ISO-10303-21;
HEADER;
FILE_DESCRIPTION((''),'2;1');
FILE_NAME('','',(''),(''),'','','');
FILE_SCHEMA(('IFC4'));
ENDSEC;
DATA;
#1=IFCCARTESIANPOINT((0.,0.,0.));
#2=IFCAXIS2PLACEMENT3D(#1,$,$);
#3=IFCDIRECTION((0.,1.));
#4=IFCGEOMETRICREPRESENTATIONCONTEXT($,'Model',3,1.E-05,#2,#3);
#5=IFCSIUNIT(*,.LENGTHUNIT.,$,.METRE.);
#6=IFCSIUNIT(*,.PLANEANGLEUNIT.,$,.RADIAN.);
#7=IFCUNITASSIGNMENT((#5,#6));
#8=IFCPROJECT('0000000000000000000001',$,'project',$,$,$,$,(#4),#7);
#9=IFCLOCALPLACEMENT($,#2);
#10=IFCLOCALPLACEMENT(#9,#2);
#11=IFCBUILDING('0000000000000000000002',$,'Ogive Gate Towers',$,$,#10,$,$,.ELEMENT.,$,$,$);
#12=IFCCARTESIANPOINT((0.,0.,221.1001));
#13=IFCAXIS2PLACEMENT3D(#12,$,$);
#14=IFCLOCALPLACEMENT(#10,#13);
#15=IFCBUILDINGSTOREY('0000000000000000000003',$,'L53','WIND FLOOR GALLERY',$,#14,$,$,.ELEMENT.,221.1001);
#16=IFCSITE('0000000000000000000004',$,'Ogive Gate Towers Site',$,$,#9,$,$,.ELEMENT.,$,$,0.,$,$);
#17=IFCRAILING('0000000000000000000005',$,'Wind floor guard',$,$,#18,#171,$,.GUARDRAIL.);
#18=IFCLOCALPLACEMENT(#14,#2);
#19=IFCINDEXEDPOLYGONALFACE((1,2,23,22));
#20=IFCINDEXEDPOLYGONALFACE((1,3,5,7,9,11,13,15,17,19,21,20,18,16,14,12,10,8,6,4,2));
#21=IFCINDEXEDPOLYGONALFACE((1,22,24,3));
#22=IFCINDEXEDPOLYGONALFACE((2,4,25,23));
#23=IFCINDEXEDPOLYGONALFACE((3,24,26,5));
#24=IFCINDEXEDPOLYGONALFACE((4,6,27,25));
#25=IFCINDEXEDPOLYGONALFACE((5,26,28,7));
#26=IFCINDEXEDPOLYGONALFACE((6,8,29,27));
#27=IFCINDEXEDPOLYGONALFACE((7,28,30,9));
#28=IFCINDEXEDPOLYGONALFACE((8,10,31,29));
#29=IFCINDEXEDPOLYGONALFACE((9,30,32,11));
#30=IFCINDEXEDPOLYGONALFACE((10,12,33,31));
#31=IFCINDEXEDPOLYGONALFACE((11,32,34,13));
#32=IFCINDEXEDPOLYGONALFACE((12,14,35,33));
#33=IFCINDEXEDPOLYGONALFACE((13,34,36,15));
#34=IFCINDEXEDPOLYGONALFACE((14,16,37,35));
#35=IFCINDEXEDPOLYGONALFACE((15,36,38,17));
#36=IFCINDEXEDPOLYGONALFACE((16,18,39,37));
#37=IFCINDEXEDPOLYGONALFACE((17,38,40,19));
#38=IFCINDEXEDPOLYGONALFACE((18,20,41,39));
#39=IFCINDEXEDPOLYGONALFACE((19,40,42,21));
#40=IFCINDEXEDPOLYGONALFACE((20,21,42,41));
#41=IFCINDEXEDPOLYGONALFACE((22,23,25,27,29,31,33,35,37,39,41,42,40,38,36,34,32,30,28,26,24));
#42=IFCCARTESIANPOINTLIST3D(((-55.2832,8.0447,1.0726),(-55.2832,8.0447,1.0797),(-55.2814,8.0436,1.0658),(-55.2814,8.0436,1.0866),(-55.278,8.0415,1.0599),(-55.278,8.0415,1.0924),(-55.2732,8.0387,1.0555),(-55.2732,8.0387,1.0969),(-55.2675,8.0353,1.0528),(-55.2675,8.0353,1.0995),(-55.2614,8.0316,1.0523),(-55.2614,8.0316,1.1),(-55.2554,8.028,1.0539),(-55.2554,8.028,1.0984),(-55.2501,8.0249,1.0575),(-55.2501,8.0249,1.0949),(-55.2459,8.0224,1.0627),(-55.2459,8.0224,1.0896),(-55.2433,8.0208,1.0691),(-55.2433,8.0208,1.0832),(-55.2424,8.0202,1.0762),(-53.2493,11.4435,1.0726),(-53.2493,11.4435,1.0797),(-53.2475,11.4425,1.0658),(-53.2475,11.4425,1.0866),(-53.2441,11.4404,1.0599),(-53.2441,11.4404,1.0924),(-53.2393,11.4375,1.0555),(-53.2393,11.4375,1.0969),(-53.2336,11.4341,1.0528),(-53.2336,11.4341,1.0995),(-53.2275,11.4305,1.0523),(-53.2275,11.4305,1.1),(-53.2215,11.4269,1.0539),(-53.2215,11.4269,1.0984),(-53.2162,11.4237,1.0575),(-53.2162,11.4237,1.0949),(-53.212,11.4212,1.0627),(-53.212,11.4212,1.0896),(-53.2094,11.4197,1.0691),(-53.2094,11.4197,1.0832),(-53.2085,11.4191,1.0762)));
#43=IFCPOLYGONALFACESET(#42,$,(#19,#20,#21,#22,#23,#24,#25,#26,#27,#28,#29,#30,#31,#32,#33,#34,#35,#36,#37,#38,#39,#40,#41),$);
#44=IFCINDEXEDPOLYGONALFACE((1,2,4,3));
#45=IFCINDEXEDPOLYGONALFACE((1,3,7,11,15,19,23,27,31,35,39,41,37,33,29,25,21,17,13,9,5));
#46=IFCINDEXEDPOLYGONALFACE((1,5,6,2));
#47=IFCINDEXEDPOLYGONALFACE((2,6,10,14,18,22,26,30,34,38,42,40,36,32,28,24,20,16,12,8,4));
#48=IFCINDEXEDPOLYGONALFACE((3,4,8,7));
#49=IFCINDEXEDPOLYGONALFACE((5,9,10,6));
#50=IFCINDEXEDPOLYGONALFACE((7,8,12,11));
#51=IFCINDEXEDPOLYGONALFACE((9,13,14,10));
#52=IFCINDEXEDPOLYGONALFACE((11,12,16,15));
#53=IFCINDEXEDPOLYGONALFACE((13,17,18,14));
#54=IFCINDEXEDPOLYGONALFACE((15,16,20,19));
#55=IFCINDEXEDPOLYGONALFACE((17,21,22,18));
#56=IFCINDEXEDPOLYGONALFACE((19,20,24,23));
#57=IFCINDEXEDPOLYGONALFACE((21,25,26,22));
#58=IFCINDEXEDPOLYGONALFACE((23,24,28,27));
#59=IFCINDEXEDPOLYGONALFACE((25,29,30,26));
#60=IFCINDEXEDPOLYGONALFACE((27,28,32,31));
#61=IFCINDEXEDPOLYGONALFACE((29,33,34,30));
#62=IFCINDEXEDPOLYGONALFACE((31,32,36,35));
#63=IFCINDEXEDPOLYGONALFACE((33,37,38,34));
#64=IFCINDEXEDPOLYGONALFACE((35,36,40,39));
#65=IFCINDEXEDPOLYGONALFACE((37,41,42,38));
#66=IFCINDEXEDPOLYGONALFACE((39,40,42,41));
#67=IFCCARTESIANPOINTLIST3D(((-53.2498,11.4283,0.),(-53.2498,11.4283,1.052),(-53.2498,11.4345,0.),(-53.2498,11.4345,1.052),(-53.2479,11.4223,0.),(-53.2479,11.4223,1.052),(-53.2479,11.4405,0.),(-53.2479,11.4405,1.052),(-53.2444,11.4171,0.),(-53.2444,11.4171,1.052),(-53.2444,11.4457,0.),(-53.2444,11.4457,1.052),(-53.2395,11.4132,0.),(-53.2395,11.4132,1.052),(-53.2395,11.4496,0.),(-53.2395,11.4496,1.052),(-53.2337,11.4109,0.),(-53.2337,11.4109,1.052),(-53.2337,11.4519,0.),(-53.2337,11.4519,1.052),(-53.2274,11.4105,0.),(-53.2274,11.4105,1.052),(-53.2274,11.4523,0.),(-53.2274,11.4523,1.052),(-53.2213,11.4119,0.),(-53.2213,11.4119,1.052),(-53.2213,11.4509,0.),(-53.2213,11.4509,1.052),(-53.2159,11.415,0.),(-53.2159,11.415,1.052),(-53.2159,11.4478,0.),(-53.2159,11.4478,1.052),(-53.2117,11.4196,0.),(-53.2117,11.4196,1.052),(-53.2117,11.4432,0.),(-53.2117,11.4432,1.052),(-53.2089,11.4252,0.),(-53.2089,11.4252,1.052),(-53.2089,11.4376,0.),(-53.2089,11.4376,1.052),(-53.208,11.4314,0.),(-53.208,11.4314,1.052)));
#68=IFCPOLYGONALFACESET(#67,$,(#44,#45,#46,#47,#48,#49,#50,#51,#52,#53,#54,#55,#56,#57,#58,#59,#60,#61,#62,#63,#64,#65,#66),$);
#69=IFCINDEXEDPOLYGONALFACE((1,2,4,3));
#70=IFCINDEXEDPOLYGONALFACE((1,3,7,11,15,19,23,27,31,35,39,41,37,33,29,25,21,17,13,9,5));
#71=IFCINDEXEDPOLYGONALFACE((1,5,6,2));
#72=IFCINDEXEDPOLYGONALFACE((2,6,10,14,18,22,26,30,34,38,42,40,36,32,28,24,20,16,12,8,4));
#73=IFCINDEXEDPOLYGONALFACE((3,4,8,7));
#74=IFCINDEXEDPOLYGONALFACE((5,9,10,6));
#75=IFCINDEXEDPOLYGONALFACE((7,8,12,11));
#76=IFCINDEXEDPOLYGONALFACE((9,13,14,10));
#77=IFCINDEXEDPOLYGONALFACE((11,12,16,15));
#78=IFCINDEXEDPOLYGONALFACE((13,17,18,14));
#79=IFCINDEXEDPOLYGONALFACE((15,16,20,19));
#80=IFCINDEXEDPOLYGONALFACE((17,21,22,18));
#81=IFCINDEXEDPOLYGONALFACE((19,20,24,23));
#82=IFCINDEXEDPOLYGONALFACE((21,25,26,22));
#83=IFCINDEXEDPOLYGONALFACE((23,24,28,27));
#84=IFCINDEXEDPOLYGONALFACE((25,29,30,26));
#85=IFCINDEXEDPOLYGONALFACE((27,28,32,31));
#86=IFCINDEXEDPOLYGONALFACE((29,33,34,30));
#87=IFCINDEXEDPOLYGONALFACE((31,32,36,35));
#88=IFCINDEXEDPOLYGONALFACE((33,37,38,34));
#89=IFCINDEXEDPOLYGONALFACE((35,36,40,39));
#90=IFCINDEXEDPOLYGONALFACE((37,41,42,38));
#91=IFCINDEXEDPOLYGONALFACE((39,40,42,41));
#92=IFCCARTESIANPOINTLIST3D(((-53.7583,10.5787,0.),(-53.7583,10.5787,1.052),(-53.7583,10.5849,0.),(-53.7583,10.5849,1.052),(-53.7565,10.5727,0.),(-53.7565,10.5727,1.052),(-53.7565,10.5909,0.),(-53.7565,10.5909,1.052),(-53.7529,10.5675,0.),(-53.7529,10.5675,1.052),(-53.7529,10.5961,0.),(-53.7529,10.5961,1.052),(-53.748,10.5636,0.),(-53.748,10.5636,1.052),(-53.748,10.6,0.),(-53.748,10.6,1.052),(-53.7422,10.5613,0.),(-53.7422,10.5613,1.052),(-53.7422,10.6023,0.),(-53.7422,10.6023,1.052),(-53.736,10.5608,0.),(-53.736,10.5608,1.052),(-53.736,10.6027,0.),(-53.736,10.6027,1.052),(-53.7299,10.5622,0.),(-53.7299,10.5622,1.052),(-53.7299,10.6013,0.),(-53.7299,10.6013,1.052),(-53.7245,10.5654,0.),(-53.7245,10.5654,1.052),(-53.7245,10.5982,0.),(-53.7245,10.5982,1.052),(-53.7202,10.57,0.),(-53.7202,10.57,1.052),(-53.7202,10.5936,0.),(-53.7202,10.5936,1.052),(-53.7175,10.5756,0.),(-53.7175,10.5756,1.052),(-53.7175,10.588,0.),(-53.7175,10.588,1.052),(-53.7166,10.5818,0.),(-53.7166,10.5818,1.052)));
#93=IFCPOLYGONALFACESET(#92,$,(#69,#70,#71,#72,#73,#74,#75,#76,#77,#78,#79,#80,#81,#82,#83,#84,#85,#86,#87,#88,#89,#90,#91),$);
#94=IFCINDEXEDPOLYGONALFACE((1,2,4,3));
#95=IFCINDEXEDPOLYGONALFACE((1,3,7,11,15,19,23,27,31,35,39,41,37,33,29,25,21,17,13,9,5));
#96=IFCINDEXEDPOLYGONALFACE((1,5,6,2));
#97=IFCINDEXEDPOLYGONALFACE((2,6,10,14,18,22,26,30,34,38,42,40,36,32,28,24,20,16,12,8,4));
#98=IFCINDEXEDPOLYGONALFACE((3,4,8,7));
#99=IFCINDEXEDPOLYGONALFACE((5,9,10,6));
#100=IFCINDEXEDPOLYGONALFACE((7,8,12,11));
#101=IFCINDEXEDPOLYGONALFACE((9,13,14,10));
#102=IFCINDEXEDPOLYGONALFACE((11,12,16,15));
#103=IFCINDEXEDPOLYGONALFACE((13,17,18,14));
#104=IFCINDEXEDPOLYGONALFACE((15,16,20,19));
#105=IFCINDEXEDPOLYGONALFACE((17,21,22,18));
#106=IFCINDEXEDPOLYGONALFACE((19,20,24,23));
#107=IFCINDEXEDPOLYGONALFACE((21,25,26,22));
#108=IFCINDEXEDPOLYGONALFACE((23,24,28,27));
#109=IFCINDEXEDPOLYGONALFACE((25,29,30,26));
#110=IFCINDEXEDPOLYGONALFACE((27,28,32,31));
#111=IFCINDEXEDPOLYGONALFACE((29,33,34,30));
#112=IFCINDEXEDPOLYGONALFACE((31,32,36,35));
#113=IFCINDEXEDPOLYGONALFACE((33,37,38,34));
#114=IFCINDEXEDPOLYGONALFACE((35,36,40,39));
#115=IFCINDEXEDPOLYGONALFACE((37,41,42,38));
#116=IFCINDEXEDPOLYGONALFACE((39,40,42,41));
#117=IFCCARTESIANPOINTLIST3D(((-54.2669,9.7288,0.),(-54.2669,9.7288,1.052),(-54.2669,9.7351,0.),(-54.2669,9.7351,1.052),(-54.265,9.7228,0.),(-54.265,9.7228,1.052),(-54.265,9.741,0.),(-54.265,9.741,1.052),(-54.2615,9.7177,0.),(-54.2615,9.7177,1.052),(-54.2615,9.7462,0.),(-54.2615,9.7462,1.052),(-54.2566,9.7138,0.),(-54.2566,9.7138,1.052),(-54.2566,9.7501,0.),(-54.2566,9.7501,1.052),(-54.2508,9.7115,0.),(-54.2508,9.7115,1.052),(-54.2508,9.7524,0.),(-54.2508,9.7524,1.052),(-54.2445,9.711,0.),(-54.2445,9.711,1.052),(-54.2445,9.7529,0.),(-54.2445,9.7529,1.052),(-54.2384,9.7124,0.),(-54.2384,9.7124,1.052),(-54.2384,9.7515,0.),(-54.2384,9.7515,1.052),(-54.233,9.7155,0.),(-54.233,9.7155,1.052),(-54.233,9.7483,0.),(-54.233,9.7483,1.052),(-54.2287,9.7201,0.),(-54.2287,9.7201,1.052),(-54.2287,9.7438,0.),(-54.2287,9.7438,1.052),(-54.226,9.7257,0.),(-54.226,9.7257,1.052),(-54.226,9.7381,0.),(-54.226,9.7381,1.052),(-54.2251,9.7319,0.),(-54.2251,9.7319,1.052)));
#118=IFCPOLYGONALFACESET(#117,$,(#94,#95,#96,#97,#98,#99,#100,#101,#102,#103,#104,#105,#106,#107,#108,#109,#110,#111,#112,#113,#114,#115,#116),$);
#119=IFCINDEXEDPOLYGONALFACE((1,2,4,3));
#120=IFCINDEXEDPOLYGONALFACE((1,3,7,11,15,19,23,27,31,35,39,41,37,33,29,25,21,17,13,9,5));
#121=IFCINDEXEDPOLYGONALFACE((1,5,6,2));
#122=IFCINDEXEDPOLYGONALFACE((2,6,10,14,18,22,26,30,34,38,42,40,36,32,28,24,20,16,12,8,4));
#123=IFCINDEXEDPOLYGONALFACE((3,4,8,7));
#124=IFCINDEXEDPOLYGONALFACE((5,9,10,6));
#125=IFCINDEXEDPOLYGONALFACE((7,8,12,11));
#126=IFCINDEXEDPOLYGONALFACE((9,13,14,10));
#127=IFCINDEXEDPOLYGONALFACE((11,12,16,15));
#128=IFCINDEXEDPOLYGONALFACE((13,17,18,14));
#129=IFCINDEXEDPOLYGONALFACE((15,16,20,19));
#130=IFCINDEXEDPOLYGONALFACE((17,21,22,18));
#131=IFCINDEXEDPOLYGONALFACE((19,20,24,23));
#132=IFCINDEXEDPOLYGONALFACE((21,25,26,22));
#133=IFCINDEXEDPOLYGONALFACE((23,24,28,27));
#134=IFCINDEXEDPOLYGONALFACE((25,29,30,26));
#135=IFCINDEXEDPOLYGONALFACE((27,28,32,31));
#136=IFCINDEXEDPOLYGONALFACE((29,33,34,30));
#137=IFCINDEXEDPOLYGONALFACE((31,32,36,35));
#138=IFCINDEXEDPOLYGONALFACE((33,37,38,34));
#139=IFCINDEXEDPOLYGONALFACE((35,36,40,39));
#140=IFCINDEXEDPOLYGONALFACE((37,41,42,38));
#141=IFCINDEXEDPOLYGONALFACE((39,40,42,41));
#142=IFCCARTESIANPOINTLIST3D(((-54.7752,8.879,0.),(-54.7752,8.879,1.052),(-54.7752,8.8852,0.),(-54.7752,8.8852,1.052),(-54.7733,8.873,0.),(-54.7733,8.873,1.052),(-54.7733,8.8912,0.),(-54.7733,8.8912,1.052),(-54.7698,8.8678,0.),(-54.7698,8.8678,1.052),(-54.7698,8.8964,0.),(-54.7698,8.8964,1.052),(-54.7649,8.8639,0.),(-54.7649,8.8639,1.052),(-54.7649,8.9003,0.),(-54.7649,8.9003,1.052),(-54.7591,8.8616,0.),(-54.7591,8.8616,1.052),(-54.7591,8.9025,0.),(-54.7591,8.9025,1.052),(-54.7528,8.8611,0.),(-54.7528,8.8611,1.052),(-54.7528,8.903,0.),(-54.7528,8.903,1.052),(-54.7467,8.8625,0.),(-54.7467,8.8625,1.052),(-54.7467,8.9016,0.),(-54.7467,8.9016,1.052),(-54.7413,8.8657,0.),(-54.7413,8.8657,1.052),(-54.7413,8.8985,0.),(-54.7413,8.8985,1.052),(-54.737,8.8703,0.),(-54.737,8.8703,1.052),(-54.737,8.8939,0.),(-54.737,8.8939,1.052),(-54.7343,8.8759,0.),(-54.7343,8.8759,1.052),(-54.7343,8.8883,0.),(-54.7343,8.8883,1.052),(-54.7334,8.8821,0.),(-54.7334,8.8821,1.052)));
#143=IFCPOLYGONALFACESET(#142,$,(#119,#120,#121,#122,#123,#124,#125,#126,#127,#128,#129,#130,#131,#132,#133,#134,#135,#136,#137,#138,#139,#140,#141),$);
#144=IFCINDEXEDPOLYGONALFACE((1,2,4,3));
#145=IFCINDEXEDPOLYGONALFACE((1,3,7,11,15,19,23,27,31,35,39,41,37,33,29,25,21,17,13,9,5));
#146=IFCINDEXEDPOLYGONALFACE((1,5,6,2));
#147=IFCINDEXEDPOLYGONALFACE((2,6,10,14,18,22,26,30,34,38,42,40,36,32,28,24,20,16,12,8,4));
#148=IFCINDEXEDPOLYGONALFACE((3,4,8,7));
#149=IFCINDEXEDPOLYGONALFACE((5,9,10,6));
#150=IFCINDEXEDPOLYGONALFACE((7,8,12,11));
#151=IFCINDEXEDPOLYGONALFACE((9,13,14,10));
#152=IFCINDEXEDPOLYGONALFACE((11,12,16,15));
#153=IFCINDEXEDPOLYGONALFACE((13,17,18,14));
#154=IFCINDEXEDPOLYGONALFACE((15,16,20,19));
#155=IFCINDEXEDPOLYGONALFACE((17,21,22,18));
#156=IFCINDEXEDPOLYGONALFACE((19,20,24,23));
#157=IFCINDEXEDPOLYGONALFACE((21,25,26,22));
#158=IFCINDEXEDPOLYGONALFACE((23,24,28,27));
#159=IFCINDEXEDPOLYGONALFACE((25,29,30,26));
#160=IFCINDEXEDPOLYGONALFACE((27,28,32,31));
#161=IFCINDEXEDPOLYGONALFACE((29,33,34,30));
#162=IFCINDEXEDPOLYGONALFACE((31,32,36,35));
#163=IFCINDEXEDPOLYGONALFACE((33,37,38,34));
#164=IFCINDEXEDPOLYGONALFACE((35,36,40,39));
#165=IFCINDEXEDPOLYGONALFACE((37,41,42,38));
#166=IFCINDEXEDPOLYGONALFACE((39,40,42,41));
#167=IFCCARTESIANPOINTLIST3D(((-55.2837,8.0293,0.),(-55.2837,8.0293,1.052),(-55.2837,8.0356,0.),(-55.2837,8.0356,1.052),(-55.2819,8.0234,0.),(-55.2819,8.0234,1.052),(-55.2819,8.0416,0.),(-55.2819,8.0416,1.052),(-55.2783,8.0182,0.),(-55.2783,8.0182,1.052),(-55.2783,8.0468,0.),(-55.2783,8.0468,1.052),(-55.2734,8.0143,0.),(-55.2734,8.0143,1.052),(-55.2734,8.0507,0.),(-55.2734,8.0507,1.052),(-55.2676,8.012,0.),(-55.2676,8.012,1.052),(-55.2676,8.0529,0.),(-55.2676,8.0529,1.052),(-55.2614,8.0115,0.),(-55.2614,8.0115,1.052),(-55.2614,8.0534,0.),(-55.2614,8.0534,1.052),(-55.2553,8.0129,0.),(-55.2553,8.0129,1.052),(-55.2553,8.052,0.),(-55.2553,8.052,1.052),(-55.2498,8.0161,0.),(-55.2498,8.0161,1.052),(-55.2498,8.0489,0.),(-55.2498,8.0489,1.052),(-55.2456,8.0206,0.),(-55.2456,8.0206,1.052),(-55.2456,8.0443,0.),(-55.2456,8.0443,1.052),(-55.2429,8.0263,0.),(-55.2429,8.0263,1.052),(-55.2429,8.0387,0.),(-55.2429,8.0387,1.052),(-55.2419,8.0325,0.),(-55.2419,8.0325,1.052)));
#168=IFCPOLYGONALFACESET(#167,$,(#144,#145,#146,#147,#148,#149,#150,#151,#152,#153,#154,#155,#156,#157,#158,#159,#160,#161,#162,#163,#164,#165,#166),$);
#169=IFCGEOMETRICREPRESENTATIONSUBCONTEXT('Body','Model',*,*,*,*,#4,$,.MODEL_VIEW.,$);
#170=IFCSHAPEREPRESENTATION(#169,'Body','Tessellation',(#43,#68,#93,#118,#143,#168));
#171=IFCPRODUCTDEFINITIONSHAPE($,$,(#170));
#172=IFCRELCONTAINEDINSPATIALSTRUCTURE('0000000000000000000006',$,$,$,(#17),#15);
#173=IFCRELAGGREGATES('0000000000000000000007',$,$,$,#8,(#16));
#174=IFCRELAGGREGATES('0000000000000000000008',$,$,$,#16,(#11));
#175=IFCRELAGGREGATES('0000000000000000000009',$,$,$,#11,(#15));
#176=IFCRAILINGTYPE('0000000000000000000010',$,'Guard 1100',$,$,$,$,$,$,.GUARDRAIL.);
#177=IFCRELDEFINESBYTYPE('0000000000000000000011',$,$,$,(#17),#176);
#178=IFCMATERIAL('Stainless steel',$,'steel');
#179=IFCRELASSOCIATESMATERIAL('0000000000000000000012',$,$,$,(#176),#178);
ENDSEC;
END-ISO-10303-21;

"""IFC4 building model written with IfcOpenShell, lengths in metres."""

from ifc_helpers import new_model, si_unit, direction, frame, origin, origin_2d, place, context, subcontext, project, spatial, circle, extrude, material, type_object, element, save


model = new_model("IFC4")

# Units and contexts
model_context = context("Model", 3, precision=1e-05, world=origin(), true_north=direction((0.0, 1.0)))
body_context = subcontext(model_context, "Body", "Model", "MODEL_VIEW")
ifc_project = project(units=[si_unit("LENGTHUNIT", "METRE"), si_unit("PLANEANGLEUNIT", "RADIAN")], contexts=[model_context])

# Site, building, storey
site_placement = place(None, origin())
site = spatial("IfcSite", under=ifc_project, at=site_placement, Name="Ogive Gate Towers Site", CompositionType="ELEMENT", RefElevation=0.0)
building_placement = place(site_placement, origin())
building = spatial("IfcBuilding", under=site, at=building_placement, Name="Ogive Gate Towers", CompositionType="ELEMENT")
storey_placement = place(building_placement, frame((0.0, 0.0, 221.1001)))
storey = spatial("IfcBuildingStorey", under=building, at=storey_placement, Name="L53", Description="WIND FLOOR GALLERY", CompositionType="ELEMENT", Elevation=221.1001)

# Railing
ifc_material_1 = material(Name="Stainless steel", Category="steel")
railing_type = type_object("IfcRailingType", Name="Guard 1100", PredefinedType="GUARDRAIL", material=ifc_material_1)
railing_1_placement = place(storey_placement, frame((-53.229, 11.4314, 0.0)))
element("IfcRailing", 1, at=railing_1_placement, inside=storey, type_object=railing_type, Name="Wind floor guard", PredefinedType="GUARDRAIL", context=body_context, shape_type="SweptSolid", body=[
    extrude(circle(Radius=0.0239, at=origin_2d()), frame((0.0, 0.0, 1.0762), z_axis=(-0.513489, -0.858096, 0.0), x_axis=(0.858096, -0.513489, 0.0)), (0.0, 0.0, 1.0), 3.9609),
    extrude(circle(Radius=0.021, at=origin_2d()), origin(), (0.0, 0.0, 1.0), 1.052),
    extrude(circle(Radius=0.021, at=origin_2d()), frame((-0.5085, -0.8496, 0.0)), (0.0, 0.0, 1.0), 1.052),
    extrude(circle(Radius=0.021, at=origin_2d()), frame((-1.0171, -1.6995, 0.0)), (0.0, 0.0, 1.0), 1.052),
    extrude(circle(Radius=0.021, at=origin_2d()), frame((-1.5254, -2.5493, 0.0)), (0.0, 0.0, 1.0), 1.052),
    extrude(circle(Radius=0.021, at=origin_2d()), frame((-2.0339, -3.3989, 0.0)), (0.0, 0.0, 1.0), 1.052),
])

save(model, "model.ifc")
